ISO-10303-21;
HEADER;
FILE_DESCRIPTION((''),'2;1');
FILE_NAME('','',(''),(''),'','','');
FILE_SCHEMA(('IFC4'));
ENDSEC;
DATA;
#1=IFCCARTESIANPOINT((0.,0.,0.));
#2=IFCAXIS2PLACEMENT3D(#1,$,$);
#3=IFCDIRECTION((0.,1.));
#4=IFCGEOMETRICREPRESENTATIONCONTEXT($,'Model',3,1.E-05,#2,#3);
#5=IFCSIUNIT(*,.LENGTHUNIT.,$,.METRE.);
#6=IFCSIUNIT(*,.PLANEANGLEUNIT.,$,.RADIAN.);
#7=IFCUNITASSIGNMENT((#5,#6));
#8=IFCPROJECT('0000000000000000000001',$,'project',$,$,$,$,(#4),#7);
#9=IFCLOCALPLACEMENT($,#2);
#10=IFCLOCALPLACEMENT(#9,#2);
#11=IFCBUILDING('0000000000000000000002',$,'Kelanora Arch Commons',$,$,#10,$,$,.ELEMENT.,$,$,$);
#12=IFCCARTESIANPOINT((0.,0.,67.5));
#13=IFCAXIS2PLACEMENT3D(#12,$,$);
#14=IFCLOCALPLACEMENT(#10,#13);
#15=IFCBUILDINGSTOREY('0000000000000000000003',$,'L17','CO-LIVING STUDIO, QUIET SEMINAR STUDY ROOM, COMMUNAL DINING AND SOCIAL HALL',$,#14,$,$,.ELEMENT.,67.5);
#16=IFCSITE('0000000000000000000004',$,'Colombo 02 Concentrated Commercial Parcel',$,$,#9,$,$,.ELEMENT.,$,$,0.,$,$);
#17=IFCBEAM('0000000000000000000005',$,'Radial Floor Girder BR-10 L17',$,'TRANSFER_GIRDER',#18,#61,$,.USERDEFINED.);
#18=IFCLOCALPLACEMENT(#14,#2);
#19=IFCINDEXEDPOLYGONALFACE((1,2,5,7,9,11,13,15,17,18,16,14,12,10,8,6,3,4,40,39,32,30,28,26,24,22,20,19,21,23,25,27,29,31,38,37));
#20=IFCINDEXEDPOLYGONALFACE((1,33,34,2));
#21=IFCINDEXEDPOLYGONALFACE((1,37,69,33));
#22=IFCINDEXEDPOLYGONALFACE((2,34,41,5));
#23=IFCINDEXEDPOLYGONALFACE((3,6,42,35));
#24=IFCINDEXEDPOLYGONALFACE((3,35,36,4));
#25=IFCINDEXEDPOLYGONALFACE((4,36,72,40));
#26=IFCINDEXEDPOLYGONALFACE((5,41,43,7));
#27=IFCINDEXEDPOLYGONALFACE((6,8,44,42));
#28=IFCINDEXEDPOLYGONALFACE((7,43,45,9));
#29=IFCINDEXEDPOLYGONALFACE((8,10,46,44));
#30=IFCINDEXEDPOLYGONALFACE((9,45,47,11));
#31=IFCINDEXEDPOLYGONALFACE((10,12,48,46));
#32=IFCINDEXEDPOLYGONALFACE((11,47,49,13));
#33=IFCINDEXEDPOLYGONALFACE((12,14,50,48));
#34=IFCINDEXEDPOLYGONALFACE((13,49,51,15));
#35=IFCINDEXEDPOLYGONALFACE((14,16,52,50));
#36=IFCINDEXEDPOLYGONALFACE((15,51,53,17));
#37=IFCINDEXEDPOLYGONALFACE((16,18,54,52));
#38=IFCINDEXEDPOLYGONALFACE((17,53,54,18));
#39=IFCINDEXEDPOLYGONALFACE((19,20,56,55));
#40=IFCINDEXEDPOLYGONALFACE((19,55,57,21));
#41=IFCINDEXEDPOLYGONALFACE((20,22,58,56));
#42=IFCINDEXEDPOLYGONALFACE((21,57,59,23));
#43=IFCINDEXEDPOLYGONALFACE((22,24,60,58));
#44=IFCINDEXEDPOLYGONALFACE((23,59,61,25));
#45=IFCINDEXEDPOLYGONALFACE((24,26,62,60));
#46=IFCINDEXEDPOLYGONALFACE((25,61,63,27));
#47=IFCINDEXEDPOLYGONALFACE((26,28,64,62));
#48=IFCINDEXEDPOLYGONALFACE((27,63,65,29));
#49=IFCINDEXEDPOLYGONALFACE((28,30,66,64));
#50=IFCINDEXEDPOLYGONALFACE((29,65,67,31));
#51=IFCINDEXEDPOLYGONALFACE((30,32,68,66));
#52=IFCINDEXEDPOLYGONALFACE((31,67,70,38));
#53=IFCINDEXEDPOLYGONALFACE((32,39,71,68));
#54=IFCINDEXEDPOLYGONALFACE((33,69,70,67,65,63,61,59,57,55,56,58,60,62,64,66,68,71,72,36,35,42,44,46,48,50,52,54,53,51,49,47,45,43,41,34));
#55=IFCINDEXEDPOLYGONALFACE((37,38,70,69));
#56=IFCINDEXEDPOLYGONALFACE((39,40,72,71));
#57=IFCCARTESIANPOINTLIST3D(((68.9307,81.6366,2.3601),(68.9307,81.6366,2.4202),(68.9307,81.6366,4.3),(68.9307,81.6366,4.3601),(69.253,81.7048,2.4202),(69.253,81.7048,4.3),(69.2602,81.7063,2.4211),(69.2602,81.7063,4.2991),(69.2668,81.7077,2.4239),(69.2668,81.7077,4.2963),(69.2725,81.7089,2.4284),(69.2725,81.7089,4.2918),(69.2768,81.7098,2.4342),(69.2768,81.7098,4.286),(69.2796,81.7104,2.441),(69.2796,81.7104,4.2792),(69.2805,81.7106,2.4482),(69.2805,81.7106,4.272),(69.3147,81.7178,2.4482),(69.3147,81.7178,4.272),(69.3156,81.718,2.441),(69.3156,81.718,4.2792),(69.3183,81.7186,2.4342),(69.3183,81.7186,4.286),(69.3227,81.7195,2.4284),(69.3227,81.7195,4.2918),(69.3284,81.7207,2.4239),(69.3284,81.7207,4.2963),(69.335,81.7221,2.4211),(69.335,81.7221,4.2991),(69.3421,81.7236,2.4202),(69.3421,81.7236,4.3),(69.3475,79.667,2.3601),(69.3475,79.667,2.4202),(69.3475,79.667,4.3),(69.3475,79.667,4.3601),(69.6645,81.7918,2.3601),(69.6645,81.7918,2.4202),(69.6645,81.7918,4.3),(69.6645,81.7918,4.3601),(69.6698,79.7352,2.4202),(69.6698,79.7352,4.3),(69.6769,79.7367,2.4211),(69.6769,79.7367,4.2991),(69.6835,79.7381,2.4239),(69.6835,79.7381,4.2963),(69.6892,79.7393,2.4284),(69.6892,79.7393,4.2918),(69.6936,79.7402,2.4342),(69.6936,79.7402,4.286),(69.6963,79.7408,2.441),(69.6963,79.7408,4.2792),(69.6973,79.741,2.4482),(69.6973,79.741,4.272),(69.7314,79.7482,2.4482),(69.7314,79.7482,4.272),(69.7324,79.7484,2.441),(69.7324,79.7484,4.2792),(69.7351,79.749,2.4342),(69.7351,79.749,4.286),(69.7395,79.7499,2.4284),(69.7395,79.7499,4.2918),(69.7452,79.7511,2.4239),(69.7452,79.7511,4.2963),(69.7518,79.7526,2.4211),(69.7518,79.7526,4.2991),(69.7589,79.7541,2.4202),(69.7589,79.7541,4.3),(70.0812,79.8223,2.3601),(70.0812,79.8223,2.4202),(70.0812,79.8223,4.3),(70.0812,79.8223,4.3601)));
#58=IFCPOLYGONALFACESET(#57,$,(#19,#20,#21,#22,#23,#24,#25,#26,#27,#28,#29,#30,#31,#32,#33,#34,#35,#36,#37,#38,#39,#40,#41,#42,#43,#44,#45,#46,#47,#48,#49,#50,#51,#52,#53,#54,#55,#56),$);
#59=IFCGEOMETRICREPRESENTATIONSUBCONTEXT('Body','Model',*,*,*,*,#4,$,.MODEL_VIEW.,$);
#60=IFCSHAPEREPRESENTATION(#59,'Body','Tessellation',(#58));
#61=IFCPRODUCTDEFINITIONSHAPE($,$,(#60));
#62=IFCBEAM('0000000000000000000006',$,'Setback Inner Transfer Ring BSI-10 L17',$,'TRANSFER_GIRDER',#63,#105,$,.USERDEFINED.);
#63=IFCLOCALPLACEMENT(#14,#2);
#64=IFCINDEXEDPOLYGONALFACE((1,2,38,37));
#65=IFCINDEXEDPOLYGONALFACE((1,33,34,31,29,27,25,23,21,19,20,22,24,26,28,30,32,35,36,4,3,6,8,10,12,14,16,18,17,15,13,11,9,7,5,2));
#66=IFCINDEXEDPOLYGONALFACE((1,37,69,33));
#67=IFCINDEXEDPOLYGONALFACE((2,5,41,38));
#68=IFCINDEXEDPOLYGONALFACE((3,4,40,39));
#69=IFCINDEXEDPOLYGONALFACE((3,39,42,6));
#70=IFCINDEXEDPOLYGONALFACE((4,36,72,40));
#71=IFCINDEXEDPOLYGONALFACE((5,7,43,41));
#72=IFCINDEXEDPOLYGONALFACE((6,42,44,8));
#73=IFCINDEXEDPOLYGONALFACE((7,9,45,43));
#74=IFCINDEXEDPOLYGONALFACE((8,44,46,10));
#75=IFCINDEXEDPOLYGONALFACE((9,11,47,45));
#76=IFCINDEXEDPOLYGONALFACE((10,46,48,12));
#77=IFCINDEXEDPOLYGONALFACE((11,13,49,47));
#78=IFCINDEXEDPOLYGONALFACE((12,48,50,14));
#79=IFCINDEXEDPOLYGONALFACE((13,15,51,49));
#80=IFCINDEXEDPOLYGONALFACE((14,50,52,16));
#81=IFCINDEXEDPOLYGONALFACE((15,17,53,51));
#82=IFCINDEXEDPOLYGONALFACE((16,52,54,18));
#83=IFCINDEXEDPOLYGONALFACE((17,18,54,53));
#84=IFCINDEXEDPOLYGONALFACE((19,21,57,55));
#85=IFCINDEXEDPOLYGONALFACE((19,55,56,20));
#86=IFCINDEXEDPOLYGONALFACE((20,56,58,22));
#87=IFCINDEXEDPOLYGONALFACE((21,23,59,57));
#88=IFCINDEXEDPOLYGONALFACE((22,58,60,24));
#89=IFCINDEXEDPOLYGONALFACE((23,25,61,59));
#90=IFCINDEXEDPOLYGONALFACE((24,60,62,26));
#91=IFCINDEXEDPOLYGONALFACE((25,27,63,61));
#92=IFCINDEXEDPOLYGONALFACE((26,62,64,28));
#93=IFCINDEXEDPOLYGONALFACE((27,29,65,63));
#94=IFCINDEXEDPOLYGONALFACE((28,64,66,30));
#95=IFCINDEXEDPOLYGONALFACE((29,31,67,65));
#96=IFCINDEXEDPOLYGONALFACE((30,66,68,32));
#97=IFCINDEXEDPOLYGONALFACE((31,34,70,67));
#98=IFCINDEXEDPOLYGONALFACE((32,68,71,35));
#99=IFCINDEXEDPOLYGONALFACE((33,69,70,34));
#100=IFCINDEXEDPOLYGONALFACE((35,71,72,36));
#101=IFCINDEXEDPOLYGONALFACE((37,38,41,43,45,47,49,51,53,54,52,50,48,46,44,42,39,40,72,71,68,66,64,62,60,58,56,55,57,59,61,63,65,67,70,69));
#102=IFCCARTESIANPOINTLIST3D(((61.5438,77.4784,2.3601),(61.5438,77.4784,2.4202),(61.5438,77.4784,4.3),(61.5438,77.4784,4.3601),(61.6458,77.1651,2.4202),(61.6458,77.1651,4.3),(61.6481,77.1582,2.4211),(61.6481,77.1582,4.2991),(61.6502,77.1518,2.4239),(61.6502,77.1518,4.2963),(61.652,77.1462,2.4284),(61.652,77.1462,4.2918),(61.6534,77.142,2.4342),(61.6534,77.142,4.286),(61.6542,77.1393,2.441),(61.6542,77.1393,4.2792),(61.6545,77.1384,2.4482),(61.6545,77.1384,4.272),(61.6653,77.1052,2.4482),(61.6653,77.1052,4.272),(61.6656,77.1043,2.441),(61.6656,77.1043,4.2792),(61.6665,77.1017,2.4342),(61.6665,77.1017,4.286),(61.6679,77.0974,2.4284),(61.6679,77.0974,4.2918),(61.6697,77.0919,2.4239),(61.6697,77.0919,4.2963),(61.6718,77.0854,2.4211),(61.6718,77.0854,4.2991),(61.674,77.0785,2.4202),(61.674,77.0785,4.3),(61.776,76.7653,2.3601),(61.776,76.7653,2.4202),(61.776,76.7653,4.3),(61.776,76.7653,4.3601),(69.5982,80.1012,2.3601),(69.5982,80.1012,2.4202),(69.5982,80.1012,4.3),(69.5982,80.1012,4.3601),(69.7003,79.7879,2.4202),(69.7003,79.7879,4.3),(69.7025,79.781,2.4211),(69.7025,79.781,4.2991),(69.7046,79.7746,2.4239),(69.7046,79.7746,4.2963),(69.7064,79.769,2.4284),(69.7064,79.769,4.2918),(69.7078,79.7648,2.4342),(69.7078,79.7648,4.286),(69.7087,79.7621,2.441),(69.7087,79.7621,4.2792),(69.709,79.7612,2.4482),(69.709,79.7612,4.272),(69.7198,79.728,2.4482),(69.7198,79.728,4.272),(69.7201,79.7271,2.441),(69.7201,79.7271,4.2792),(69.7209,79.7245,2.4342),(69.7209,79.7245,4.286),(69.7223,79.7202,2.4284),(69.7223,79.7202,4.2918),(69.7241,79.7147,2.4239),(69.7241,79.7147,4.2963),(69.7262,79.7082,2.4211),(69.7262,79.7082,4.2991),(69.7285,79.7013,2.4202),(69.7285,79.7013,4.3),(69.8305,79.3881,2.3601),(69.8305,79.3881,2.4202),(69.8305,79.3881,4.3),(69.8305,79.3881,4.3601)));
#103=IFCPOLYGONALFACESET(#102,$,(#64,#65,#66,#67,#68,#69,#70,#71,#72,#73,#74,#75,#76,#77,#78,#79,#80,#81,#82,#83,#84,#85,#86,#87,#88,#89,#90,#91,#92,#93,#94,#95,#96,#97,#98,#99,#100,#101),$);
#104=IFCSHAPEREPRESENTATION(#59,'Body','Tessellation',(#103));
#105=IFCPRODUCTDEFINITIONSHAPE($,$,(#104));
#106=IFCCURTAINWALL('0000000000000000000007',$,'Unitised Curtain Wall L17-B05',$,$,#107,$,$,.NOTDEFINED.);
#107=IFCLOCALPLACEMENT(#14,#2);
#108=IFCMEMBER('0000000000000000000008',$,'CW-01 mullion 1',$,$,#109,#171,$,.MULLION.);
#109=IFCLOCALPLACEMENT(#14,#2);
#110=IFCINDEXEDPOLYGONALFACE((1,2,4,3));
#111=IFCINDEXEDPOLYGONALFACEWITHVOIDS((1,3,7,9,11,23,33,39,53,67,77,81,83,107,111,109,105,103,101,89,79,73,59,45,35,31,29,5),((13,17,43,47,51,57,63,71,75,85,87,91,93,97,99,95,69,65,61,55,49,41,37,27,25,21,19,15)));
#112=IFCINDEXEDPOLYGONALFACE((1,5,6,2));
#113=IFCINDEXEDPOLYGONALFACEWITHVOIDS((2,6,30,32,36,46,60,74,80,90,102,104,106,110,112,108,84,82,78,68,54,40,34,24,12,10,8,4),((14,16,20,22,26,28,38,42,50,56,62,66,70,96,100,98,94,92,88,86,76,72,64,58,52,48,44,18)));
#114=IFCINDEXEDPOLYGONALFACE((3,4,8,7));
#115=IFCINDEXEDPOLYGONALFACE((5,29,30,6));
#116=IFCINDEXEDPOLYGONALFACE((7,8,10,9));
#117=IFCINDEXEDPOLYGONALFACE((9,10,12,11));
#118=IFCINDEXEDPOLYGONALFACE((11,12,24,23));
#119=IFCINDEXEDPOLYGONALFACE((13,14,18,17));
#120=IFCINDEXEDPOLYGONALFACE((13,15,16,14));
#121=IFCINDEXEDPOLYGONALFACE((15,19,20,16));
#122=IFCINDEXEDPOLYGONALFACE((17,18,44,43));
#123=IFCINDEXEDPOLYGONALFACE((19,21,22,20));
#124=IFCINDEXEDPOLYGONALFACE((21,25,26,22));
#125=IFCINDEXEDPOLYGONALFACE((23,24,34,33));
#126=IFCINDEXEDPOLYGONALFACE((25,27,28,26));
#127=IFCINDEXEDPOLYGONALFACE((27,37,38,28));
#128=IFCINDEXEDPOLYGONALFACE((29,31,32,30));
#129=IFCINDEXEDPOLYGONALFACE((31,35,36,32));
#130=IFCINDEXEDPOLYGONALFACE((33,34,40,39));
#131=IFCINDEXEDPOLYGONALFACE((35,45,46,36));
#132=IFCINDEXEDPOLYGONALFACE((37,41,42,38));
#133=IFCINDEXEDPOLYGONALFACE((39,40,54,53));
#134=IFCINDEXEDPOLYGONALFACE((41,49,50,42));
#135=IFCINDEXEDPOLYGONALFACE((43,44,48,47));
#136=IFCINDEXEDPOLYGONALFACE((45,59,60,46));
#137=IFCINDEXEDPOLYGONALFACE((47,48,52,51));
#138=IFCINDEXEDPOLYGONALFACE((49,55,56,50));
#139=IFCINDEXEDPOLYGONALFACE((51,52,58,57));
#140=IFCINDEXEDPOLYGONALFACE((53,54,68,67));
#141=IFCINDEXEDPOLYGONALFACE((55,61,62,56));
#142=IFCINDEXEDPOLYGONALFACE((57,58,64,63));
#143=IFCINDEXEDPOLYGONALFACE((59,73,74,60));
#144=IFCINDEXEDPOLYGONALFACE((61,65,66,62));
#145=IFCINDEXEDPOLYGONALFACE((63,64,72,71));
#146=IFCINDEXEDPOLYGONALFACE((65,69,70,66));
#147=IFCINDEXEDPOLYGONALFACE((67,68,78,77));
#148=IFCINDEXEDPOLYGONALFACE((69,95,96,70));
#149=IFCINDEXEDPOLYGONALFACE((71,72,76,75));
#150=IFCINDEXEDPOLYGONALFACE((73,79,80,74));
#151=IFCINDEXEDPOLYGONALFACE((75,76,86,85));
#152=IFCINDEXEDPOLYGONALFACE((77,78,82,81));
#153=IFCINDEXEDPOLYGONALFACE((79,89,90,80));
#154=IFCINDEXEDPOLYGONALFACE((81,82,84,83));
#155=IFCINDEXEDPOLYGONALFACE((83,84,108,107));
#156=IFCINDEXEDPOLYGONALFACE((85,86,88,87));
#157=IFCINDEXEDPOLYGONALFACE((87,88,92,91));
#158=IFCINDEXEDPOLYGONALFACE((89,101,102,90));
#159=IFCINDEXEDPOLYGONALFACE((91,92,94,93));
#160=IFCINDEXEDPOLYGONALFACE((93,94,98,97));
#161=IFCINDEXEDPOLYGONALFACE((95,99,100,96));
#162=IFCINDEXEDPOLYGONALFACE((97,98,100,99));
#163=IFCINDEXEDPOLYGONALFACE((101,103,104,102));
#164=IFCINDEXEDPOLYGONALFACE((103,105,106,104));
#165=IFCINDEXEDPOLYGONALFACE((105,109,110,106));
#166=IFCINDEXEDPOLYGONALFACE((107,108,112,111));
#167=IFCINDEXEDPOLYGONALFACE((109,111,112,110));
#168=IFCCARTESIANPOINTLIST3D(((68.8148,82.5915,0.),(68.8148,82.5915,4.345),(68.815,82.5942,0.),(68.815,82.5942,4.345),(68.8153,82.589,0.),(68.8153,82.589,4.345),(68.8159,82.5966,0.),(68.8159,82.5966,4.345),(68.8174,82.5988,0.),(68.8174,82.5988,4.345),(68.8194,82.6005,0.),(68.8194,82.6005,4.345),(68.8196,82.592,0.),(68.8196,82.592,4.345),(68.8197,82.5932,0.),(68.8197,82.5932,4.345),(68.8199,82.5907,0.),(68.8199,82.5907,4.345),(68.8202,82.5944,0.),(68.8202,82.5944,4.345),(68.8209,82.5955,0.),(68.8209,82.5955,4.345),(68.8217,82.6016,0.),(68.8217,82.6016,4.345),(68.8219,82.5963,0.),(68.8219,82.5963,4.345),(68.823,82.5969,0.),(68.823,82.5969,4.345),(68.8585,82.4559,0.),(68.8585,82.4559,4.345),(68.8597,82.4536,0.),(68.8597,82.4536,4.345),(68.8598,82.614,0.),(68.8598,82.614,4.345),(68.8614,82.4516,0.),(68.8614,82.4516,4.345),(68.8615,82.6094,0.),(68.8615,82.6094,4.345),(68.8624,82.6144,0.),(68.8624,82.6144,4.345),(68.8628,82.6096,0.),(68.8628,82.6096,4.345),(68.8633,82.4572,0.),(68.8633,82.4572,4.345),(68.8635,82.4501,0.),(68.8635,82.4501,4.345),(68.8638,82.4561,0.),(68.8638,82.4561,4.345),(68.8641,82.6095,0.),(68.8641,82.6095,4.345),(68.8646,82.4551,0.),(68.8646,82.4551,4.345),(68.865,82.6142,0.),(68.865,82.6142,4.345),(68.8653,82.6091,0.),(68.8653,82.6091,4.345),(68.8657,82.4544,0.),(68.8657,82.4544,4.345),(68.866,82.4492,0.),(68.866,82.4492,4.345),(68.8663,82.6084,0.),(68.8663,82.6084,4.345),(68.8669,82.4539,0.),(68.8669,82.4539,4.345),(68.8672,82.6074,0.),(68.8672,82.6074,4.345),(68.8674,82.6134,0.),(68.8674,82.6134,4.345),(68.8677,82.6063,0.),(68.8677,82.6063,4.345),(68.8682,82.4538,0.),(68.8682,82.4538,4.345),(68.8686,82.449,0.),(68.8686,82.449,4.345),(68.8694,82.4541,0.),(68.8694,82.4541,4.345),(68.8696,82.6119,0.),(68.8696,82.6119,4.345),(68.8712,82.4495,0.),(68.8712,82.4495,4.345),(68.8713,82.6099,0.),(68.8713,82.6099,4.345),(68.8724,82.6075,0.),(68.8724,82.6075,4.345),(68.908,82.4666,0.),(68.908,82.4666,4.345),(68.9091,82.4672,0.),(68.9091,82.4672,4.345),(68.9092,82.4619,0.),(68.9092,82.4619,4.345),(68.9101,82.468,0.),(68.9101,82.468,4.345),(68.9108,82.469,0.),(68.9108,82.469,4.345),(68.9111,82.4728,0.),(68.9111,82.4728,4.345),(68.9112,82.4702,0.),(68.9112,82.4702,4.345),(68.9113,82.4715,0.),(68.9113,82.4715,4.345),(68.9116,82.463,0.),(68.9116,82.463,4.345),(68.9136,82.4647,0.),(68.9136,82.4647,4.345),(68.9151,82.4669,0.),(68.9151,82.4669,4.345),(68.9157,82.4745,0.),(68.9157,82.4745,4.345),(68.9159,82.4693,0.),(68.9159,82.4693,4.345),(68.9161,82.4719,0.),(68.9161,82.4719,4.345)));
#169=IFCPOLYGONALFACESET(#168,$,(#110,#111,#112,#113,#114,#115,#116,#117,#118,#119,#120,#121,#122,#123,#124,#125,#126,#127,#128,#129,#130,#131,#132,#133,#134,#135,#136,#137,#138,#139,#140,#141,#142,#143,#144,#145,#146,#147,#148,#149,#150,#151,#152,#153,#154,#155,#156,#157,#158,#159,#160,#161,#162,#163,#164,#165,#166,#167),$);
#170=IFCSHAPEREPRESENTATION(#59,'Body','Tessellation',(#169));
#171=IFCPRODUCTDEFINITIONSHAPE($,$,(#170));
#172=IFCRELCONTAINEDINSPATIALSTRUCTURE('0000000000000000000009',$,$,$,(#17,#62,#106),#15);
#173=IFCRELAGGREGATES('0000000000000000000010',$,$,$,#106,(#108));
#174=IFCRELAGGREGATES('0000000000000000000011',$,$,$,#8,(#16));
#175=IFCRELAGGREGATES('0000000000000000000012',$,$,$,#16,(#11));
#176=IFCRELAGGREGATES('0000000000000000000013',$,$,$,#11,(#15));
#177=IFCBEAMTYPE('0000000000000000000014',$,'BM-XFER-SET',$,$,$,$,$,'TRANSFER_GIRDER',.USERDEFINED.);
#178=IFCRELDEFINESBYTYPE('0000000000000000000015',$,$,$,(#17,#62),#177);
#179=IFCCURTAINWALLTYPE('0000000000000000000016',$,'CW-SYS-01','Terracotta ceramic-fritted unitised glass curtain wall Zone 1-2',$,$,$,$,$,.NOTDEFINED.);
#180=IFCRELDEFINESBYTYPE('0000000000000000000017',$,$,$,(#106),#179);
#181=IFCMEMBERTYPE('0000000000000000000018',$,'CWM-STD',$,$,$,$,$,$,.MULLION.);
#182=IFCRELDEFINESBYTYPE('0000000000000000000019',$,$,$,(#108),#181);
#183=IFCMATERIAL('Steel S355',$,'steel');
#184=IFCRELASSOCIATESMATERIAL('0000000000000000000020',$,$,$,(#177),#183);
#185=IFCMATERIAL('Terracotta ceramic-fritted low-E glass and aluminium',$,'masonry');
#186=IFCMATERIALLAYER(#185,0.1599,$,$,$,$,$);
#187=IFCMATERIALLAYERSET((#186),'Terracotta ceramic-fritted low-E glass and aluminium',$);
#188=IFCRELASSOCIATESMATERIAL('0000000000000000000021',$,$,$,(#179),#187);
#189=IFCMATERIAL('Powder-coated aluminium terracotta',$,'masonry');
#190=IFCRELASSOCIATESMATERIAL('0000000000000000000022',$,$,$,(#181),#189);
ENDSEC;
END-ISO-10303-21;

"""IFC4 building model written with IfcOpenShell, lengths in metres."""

from ifc_helpers import new_model, si_unit, direction, frame, origin, origin_2d, place, context, subcontext, project, spatial, hollow_rectangle, i_section, extrude, material, layer, layer_set, material_profile, profile_set, type_object, element, aggregate, save


model = new_model("IFC4")

# Units and contexts
model_context = context("Model", 3, precision=1e-05, world=origin(), true_north=direction((0.0, 1.0)))
body_context = subcontext(model_context, "Body", "Model", "MODEL_VIEW")
ifc_project = project(units=[si_unit("LENGTHUNIT", "METRE"), si_unit("PLANEANGLEUNIT", "RADIAN")], contexts=[model_context])

# Site, building, storey
site_placement = place(None, origin())
site = spatial("IfcSite", under=ifc_project, at=site_placement, Name="Colombo 02 Concentrated Commercial Parcel", CompositionType="ELEMENT", RefElevation=0.0)
building_placement = place(site_placement, origin())
building = spatial("IfcBuilding", under=site, at=building_placement, Name="Kelanora Arch Commons", CompositionType="ELEMENT")
storey_placement = place(building_placement, frame((0.0, 0.0, 67.5)))
storey = spatial("IfcBuildingStorey", under=building, at=storey_placement, Name="L17", Description="CO-LIVING STUDIO, QUIET SEMINAR STUDY ROOM, COMMUNAL DINING AND SOCIAL HALL", CompositionType="ELEMENT", Elevation=67.5)

# Beams
ifc_material_1 = material(Name="Steel S355", Category="steel")
ifc_material_profile_1 = material_profile(ifc_material_1, i_section(OverallWidth=0.75, OverallDepth=2.0, WebThickness=0.0349, FlangeThickness=0.0601, FilletRadius=0.0281, at=origin_2d()), Name="PG2000x750")
ifc_profile_set_1 = profile_set([ifc_material_profile_1], Name="Steel S355")
beam_type_1 = type_object("IfcBeamType", Name="BM-XFER-SET", ElementType="TRANSFER_GIRDER", PredefinedType="USERDEFINED", material=ifc_profile_set_1)
beam_1_placement = place(storey_placement, frame((69.7144, 79.7446, 3.3601), z_axis=(-0.207019, 0.978337, 0.0), x_axis=(-0.978337, -0.207019, 0.0)))
element("IfcBeam", 1, at=beam_1_placement, inside=storey, type_object=beam_type_1, Name="Radial Floor Girder BR-10 L17", ObjectType="TRANSFER_GIRDER", PredefinedType="USERDEFINED", context=body_context, shape_type="SweptSolid", body=[
    extrude(i_section(OverallWidth=0.75, OverallDepth=2.0, WebThickness=0.0349, FlangeThickness=0.0601, FilletRadius=0.0281, at=origin_2d()), origin(), (0.0, 0.0, 1.0), 2.0132),
])
beam_2_placement = place(storey_placement, frame((69.7144, 79.7446, 3.3601), z_axis=(-0.950857, -0.309631, 0.0), x_axis=(0.309631, -0.950857, 0.0)))
element("IfcBeam", 2, at=beam_2_placement, inside=storey, type_object=beam_type_1, Name="Setback Inner Transfer Ring BSI-10 L17", ObjectType="TRANSFER_GIRDER", PredefinedType="USERDEFINED", context=body_context, shape_type="SweptSolid", body=[
    extrude(i_section(OverallWidth=0.75, OverallDepth=2.0, WebThickness=0.0349, FlangeThickness=0.0601, FilletRadius=0.0281, at=origin_2d()), origin(), (0.0, 0.0, 1.0), 8.4707),
])

# Curtain wall, member
ifc_material_2 = material(Name="Terracotta ceramic-fritted low-E glass and aluminium", Category="masonry")
ifc_layer_1 = layer(ifc_material_2, 0.1599)
ifc_layer_set_1 = layer_set([ifc_layer_1], Name="Terracotta ceramic-fritted low-E glass and aluminium")
curtain_wall_type = type_object("IfcCurtainWallType", Name="CW-SYS-01", Description="Terracotta ceramic-fritted unitised glass curtain wall Zone 1-2", PredefinedType="NOTDEFINED", material=ifc_layer_set_1)
curtain_wall_placement = place(storey_placement, origin())
curtain_wall = element("IfcCurtainWall", 3, at=curtain_wall_placement, inside=storey, type_object=curtain_wall_type, Name="Unitised Curtain Wall L17-B05", PredefinedType="NOTDEFINED")
ifc_material_3 = material(Name="Powder-coated aluminium terracotta", Category="masonry")
ifc_material_profile_2 = material_profile(ifc_material_3, hollow_rectangle(XDim=0.1599, YDim=0.0601, WallThickness=0.0049, InnerFilletRadius=0.0049, OuterFilletRadius=0.01, at=origin_2d()), Name="CWM160x60")
ifc_profile_set_2 = profile_set([ifc_material_profile_2], Name="Powder-coated aluminium terracotta")
member_type_1 = type_object("IfcMemberType", Name="CWM-STD", PredefinedType="MULLION", material=ifc_profile_set_2)
member_1_placement = place(storey_placement, frame((68.8655, 82.5317, 0.0), z_axis=(0.0, 0.0, 1.0), x_axis=(0.309058, -0.951043, 0.0)))
member_1 = element("IfcMember", 4, at=member_1_placement, type_object=member_type_1, Name="CW-01 mullion 1", PredefinedType="MULLION", context=body_context, shape_type="SweptSolid", body=[
    extrude(hollow_rectangle(XDim=0.1599, YDim=0.0601, WallThickness=0.0049, InnerFilletRadius=0.0049, OuterFilletRadius=0.01, at=origin_2d()), origin(), (0.0, 0.0, 1.0), 4.345),
])
aggregate(curtain_wall, [member_1])

save(model, "model.ifc")
